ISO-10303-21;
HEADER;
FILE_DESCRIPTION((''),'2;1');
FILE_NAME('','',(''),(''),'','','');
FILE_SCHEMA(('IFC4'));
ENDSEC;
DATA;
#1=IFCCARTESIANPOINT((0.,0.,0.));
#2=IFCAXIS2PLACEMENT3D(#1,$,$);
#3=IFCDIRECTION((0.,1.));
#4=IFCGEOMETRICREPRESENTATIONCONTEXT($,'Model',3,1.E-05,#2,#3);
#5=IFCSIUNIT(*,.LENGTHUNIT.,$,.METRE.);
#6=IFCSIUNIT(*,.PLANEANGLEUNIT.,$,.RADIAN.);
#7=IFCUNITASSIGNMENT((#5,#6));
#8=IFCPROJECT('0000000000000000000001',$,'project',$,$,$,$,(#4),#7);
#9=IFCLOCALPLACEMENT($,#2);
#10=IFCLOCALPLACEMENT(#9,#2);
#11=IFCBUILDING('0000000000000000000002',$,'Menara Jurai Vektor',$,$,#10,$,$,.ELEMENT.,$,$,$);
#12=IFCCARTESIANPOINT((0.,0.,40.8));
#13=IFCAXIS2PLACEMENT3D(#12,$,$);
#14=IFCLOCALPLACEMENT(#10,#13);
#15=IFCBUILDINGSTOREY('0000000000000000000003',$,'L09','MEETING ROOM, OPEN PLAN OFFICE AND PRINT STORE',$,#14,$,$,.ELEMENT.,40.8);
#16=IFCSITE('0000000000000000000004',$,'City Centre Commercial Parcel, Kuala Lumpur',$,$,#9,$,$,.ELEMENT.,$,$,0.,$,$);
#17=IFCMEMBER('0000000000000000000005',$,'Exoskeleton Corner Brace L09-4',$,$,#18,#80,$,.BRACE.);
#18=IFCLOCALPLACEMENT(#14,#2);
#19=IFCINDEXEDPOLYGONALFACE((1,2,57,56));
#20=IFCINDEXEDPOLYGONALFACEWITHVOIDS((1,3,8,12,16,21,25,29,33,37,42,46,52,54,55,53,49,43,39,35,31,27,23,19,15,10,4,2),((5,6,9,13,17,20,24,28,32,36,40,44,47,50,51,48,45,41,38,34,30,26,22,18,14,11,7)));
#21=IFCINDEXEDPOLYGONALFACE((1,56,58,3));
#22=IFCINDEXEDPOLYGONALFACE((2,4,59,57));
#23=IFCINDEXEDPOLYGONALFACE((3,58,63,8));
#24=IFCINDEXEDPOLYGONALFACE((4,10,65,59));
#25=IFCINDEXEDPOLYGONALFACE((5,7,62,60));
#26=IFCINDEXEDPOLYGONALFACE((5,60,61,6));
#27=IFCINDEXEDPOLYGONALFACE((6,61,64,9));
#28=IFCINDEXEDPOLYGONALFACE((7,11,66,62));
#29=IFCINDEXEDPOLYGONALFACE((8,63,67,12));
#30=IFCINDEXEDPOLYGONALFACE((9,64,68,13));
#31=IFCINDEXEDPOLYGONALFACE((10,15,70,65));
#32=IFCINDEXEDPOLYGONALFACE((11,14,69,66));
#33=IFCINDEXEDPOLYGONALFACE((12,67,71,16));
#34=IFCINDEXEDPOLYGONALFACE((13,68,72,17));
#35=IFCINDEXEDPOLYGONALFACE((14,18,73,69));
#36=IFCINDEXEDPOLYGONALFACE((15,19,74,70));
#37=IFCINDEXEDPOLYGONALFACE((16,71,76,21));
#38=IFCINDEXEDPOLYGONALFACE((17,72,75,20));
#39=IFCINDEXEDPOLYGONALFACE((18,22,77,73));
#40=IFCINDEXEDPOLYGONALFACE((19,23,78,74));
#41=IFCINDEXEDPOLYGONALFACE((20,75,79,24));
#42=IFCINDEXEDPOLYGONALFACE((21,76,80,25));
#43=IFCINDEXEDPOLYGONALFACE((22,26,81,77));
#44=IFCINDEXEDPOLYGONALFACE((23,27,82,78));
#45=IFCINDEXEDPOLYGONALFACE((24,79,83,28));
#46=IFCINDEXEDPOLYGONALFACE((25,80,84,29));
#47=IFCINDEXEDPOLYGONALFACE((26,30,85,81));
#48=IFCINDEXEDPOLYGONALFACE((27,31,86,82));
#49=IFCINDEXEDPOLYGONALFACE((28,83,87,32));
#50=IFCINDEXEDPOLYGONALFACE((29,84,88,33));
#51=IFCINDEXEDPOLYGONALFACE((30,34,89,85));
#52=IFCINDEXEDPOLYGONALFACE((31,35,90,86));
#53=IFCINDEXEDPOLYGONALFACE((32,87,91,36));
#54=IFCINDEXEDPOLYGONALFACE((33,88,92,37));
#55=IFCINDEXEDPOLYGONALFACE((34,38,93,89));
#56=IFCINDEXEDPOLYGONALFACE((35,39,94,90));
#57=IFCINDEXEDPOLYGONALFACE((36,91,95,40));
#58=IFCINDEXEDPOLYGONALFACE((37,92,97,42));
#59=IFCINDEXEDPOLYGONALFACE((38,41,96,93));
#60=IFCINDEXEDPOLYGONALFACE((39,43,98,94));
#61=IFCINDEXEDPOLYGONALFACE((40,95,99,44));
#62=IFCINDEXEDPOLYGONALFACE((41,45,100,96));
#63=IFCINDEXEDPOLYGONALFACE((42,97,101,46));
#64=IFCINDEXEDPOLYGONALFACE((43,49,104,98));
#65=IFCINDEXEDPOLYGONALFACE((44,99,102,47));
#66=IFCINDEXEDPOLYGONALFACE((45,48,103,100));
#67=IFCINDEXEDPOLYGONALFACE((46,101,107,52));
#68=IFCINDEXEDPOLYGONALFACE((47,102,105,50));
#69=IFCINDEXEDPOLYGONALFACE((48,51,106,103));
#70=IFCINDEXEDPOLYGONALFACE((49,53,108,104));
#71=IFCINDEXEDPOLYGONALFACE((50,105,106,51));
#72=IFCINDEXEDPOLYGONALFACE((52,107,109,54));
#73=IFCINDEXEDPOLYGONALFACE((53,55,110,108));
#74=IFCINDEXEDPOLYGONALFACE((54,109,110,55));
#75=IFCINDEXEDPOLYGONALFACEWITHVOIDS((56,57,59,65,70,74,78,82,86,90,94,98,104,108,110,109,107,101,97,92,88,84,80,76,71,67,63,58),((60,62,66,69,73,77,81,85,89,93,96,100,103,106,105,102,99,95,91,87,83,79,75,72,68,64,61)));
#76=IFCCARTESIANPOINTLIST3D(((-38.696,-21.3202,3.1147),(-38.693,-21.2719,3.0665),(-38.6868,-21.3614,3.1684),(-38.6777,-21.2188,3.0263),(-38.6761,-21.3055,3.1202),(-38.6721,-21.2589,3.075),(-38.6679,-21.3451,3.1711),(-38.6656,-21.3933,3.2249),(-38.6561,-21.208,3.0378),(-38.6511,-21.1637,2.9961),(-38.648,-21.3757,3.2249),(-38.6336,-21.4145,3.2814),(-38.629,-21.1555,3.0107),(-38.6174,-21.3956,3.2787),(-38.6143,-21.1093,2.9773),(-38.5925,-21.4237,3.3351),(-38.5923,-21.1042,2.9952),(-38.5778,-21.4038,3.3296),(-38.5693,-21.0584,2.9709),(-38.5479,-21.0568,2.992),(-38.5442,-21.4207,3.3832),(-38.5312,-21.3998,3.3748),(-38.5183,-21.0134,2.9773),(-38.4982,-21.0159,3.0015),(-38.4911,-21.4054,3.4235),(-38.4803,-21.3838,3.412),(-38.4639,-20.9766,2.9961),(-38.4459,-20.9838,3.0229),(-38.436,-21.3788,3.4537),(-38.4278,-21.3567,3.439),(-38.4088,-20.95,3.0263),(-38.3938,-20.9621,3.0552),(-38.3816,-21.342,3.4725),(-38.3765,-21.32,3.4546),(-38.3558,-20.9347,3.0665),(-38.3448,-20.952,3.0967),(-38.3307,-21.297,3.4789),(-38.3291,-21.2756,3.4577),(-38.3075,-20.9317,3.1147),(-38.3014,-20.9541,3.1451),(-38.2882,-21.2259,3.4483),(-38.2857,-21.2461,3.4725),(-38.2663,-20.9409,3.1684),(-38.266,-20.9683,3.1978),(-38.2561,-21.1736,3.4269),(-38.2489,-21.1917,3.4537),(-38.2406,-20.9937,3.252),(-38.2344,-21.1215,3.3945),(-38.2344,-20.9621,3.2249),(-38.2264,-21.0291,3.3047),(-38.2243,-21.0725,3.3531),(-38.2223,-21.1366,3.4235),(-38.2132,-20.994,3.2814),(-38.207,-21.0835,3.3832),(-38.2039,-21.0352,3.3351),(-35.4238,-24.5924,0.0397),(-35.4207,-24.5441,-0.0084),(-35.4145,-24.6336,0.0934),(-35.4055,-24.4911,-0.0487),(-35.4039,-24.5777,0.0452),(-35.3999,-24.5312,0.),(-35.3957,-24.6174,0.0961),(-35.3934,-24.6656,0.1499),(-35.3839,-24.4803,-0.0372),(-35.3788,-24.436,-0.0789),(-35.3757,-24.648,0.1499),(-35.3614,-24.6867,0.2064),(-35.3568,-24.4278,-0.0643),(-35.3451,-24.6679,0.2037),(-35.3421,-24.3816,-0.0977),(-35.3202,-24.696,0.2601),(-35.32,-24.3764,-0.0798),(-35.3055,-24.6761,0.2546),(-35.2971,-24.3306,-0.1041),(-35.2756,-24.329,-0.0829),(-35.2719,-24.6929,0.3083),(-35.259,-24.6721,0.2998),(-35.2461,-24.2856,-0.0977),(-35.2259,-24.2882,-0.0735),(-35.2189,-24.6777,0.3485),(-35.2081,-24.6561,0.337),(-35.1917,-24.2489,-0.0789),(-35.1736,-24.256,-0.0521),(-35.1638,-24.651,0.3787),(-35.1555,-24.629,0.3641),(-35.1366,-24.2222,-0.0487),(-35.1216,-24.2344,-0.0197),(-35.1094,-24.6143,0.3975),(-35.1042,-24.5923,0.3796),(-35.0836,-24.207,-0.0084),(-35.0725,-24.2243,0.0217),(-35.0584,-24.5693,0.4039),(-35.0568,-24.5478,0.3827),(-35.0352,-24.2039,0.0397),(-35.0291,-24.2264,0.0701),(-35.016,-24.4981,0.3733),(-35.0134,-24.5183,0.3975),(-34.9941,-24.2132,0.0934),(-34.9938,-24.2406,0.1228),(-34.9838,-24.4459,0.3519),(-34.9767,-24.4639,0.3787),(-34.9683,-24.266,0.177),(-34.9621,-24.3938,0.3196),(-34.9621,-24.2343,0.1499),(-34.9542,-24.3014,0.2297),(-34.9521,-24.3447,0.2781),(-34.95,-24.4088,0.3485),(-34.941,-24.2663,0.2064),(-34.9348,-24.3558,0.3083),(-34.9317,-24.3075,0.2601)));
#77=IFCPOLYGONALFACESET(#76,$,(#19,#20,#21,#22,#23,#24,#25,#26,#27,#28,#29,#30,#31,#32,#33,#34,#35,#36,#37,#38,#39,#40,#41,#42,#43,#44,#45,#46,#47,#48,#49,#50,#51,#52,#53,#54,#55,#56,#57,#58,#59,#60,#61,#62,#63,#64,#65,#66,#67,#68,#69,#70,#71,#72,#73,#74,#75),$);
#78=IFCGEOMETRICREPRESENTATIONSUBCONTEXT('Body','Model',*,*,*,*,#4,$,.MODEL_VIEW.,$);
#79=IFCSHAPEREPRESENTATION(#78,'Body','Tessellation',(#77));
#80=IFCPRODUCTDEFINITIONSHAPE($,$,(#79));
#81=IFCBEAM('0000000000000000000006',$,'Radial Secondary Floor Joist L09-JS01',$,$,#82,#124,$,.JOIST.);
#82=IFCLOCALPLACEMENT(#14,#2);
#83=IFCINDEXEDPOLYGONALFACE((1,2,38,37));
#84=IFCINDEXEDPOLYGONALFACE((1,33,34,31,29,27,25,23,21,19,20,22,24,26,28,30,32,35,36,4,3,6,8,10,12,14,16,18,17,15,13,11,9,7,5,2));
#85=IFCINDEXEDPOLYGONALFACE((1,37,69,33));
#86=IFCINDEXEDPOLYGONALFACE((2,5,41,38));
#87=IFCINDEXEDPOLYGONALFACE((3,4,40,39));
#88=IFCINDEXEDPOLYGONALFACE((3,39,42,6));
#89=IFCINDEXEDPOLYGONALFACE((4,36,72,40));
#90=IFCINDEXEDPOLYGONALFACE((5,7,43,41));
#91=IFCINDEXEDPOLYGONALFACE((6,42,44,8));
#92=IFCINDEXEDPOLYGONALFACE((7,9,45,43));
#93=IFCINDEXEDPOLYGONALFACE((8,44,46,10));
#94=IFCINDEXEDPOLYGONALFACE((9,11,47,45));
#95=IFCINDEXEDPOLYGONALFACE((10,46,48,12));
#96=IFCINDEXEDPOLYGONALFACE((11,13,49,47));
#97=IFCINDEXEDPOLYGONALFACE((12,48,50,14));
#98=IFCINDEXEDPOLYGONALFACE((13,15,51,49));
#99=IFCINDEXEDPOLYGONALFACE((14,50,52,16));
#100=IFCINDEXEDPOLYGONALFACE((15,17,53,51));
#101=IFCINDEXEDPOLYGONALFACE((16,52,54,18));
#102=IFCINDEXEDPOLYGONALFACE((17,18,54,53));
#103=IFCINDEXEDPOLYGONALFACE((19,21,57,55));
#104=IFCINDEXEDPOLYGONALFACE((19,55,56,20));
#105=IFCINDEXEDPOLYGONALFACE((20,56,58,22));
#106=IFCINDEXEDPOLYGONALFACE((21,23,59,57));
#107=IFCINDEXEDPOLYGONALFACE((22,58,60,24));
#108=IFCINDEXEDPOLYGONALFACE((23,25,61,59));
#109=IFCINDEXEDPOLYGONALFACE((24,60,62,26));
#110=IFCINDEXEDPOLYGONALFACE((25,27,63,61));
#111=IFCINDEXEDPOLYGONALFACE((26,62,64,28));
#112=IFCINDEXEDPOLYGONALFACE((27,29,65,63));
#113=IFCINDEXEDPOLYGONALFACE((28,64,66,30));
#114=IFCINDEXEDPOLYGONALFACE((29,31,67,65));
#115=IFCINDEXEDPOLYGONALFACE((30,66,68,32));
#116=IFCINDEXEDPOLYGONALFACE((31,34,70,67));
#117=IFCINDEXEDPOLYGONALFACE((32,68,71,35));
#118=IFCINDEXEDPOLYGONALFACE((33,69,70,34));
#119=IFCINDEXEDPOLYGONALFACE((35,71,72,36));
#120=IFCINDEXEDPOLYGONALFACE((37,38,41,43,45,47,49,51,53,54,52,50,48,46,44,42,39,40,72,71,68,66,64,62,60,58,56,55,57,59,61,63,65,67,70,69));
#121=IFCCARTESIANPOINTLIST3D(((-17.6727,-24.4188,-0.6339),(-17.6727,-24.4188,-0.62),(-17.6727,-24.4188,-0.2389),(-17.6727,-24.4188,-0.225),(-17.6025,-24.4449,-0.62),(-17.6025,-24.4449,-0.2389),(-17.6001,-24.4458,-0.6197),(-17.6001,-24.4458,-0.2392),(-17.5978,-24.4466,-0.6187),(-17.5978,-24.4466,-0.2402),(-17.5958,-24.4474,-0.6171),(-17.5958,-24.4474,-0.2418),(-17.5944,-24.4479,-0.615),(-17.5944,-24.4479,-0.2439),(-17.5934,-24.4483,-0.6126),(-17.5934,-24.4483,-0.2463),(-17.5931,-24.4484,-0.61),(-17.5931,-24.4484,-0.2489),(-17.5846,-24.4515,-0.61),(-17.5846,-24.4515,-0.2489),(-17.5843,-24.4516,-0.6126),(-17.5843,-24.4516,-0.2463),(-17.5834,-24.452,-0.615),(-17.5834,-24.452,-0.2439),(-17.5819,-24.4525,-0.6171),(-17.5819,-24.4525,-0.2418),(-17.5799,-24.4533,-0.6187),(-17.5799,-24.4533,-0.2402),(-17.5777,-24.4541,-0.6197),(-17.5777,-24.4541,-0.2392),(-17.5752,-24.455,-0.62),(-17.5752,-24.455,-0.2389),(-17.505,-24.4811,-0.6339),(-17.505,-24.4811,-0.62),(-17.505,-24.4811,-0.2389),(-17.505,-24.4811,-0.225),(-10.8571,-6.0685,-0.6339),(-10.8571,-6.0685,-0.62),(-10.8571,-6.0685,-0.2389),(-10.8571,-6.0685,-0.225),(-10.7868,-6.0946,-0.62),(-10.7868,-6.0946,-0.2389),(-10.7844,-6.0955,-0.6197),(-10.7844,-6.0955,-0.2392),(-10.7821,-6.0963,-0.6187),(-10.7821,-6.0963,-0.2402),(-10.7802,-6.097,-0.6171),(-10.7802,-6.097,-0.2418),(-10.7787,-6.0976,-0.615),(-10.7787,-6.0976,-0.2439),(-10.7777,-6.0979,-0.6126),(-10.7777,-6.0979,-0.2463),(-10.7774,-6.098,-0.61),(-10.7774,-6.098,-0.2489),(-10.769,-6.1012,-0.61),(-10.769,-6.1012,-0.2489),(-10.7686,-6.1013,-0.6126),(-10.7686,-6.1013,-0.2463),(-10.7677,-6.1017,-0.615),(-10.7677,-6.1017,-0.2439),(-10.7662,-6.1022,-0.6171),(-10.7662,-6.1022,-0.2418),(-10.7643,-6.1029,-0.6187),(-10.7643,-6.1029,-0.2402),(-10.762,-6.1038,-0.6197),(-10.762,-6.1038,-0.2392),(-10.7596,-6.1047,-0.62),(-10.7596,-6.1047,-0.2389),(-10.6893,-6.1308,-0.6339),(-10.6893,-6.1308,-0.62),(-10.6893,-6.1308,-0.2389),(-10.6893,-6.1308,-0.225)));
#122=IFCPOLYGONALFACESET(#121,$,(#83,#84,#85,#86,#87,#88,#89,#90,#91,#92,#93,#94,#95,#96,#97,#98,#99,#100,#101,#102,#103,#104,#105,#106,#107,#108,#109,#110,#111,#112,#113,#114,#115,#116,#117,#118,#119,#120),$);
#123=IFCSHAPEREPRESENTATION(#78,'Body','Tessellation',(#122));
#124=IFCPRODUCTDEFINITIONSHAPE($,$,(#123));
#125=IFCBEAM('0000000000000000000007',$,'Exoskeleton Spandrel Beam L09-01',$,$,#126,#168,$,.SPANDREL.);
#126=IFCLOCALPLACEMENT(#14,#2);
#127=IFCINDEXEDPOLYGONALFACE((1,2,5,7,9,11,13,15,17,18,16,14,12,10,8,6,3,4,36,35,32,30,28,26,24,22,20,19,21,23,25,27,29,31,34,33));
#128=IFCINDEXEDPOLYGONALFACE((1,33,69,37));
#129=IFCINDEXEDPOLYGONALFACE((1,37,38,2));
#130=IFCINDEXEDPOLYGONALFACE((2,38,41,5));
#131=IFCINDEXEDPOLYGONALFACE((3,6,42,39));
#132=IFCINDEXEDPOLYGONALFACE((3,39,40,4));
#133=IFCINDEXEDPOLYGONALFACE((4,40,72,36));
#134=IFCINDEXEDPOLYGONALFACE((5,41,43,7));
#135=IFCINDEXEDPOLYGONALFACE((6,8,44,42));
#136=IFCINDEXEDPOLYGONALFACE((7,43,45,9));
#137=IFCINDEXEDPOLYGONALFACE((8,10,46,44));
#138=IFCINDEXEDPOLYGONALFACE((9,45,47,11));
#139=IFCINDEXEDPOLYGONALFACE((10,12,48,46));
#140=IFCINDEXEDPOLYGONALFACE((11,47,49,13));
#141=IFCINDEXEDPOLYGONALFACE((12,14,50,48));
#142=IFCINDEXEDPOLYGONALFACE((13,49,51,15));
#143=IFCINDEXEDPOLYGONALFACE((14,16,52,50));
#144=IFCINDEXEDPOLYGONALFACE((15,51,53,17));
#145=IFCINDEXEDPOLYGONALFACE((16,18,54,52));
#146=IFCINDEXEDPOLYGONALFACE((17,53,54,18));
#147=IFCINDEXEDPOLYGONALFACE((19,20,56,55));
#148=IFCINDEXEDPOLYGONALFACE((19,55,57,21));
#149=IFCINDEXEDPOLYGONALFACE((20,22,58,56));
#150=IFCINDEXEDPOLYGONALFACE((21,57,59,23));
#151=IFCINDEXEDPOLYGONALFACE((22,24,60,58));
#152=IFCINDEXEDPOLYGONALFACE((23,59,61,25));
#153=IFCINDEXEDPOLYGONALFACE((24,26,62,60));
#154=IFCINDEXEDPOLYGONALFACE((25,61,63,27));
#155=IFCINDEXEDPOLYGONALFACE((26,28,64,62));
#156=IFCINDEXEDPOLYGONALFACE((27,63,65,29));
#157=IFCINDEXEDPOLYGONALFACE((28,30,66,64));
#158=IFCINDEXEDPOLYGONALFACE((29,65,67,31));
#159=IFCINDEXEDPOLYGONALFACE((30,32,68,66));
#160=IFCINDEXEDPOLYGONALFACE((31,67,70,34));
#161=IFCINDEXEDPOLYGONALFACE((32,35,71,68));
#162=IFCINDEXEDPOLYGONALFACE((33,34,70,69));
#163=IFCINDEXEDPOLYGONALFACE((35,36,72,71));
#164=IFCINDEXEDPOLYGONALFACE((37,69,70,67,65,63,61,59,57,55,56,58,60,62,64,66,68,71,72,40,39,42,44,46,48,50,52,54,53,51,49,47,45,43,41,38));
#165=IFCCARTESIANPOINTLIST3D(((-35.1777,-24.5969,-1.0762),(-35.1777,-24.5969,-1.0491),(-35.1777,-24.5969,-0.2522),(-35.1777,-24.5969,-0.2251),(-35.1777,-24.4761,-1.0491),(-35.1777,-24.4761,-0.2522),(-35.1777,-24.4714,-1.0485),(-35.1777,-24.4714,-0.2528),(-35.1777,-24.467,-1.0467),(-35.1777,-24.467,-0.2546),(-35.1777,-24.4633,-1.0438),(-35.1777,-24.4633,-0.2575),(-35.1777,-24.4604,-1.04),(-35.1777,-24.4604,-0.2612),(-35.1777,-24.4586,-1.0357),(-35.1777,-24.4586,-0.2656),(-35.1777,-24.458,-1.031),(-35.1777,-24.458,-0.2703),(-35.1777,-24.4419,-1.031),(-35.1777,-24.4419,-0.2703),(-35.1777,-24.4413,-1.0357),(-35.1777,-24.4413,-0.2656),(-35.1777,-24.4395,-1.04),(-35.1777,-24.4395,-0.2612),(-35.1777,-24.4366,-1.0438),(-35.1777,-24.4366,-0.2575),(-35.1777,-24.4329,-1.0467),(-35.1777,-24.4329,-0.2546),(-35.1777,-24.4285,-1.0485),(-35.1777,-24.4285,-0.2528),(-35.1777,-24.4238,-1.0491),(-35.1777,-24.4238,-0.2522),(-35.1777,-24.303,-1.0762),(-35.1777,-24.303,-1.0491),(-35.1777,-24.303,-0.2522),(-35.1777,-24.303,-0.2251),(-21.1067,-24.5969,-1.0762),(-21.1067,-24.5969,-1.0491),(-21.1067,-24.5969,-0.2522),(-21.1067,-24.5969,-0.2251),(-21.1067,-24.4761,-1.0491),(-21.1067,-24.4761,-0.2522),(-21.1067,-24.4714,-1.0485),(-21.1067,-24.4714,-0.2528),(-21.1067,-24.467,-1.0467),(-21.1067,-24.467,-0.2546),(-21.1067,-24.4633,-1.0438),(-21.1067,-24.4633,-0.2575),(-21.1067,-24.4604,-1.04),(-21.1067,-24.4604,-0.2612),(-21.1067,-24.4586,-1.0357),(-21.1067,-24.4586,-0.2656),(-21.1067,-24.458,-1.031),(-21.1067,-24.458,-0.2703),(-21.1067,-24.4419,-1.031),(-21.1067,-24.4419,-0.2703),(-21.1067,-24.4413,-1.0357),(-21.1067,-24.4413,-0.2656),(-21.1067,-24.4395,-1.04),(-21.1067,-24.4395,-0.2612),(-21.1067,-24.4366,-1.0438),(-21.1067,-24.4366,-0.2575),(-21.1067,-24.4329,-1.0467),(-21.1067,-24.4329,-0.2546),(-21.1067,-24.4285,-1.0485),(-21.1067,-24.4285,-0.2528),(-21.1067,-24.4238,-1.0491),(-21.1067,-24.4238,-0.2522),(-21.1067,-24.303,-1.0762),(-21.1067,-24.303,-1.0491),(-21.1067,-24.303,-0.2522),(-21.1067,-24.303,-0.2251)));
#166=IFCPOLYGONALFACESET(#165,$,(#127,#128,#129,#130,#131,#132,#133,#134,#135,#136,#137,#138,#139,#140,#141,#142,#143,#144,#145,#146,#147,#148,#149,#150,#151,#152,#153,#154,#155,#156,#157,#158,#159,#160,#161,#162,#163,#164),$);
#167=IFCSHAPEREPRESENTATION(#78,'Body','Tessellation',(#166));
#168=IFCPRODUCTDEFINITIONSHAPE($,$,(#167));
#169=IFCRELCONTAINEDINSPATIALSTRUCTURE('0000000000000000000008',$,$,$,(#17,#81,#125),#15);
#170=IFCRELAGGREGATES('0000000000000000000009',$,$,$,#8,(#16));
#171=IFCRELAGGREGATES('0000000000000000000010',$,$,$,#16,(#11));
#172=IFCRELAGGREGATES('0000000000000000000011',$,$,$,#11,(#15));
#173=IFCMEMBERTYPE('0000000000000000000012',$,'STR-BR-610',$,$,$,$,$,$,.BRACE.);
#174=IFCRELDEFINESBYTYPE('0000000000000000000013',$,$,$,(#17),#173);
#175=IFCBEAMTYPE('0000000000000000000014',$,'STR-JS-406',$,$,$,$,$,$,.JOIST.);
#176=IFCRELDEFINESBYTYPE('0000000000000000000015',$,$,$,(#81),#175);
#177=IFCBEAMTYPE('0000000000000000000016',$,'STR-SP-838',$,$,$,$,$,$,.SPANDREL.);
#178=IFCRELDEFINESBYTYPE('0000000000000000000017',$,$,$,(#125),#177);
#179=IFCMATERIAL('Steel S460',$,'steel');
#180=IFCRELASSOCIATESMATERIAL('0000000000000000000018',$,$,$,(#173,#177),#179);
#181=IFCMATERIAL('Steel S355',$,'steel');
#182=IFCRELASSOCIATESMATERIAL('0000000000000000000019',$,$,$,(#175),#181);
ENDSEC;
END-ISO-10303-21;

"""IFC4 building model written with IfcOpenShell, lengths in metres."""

from ifc_helpers import new_model, si_unit, direction, frame, origin, origin_2d, place, context, subcontext, project, spatial, hollow_circle, i_section, extrude, material, material_profile, profile_set, type_object, element, save


model = new_model("IFC4")

# Units and contexts
model_context = context("Model", 3, precision=1e-05, world=origin(), true_north=direction((0.0, 1.0)))
body_context = subcontext(model_context, "Body", "Model", "MODEL_VIEW")
ifc_project = project(units=[si_unit("LENGTHUNIT", "METRE"), si_unit("PLANEANGLEUNIT", "RADIAN")], contexts=[model_context])

# Site, building, storey
site_placement = place(None, origin())
site = spatial("IfcSite", under=ifc_project, at=site_placement, Name="City Centre Commercial Parcel, Kuala Lumpur", CompositionType="ELEMENT", RefElevation=0.0)
building_placement = place(site_placement, origin())
building = spatial("IfcBuilding", under=site, at=building_placement, Name="Menara Jurai Vektor", CompositionType="ELEMENT")
storey_placement = place(building_placement, frame((0.0, 0.0, 40.8)))
storey = spatial("IfcBuildingStorey", under=building, at=storey_placement, Name="L09", Description="MEETING ROOM, OPEN PLAN OFFICE AND PRINT STORE", CompositionType="ELEMENT", Elevation=40.8)

# Shared definitions
ifc_material_1 = material(Name="Steel S460", Category="steel")

# Shared definitions
ifc_material_2 = material(Name="Steel S355", Category="steel")

# Member
ifc_material_profile_1 = material_profile(ifc_material_1, hollow_circle(Radius=0.3049, WallThickness=0.0249, at=origin_2d()), Name="CHS 610x25")
ifc_profile_set_1 = profile_set([ifc_material_profile_1], Name="Steel S460")
member_type_1 = type_object("IfcMemberType", Name="STR-BR-610", PredefinedType="BRACE", material=ifc_profile_set_1)
member_1_placement = place(storey_placement, frame((-35.1777, -24.45, 0.1499), z_axis=(-0.588942, 0.588942, 0.553438), x_axis=(-0.707107, -0.707107, 0.0)))
element("IfcMember", 1, at=member_1_placement, inside=storey, type_object=member_type_1, Name="Exoskeleton Corner Brace L09-4", PredefinedType="BRACE", context=body_context, shape_type="SweptSolid", body=[
    extrude(hollow_circle(Radius=0.3049, WallThickness=0.0249, at=origin_2d()), origin(), (0.0, 0.0, 1.0), 5.5562),
])

# Beams
ifc_material_profile_2 = material_profile(ifc_material_2, i_section(OverallWidth=0.179, OverallDepth=0.4089, WebThickness=0.009, FlangeThickness=0.0139, FilletRadius=0.01, at=origin_2d()), Name="UKB 406x178x67")
ifc_profile_set_2 = profile_set([ifc_material_profile_2], Name="Steel S355")
beam_type_1 = type_object("IfcBeamType", Name="STR-JS-406", PredefinedType="JOIST", material=ifc_profile_set_2)
beam_1_placement = place(storey_placement, frame((-17.5889, -24.45, -0.4294), z_axis=(0.348179, 0.937428, 0.0), x_axis=(-0.937428, 0.348179, 0.0)))
element("IfcBeam", 2, at=beam_1_placement, inside=storey, type_object=beam_type_1, Name="Radial Secondary Floor Joist L09-JS01", PredefinedType="JOIST", context=body_context, shape_type="SweptSolid", body=[
    extrude(i_section(OverallWidth=0.179, OverallDepth=0.4089, WebThickness=0.009, FlangeThickness=0.0139, FilletRadius=0.01, at=origin_2d()), origin(), (0.0, 0.0, 1.0), 19.5752),
])
ifc_material_profile_3 = material_profile(ifc_material_1, i_section(OverallWidth=0.2939, OverallDepth=0.8511, WebThickness=0.0161, FlangeThickness=0.0271, FilletRadius=0.0181, at=origin_2d()), Name="UKB 838x292x226")
ifc_profile_set_3 = profile_set([ifc_material_profile_3], Name="Steel S460")
beam_type_2 = type_object("IfcBeamType", Name="STR-SP-838", PredefinedType="SPANDREL", material=ifc_profile_set_3)
for number, where, z_axis, x_axis, name in (
    (3, (-35.1777, -24.45, -0.6506), (1.0, 0.0, 0.0), (0.0, 1.0, 0.0), "Exoskeleton Spandrel Beam L09-01"),
):
    element("IfcBeam", number, at=place(storey_placement, frame(where, z_axis=z_axis, x_axis=x_axis)), inside=storey, type_object=beam_type_2, Name=name, PredefinedType="SPANDREL", context=body_context, shape_type="SweptSolid", body=[
        extrude(i_section(OverallWidth=0.2939, OverallDepth=0.8511, WebThickness=0.0161, FlangeThickness=0.0271, FilletRadius=0.0181, at=origin_2d()), origin(), (0.0, 0.0, 1.0), 14.071),
    ])

save(model, "model.ifc")
